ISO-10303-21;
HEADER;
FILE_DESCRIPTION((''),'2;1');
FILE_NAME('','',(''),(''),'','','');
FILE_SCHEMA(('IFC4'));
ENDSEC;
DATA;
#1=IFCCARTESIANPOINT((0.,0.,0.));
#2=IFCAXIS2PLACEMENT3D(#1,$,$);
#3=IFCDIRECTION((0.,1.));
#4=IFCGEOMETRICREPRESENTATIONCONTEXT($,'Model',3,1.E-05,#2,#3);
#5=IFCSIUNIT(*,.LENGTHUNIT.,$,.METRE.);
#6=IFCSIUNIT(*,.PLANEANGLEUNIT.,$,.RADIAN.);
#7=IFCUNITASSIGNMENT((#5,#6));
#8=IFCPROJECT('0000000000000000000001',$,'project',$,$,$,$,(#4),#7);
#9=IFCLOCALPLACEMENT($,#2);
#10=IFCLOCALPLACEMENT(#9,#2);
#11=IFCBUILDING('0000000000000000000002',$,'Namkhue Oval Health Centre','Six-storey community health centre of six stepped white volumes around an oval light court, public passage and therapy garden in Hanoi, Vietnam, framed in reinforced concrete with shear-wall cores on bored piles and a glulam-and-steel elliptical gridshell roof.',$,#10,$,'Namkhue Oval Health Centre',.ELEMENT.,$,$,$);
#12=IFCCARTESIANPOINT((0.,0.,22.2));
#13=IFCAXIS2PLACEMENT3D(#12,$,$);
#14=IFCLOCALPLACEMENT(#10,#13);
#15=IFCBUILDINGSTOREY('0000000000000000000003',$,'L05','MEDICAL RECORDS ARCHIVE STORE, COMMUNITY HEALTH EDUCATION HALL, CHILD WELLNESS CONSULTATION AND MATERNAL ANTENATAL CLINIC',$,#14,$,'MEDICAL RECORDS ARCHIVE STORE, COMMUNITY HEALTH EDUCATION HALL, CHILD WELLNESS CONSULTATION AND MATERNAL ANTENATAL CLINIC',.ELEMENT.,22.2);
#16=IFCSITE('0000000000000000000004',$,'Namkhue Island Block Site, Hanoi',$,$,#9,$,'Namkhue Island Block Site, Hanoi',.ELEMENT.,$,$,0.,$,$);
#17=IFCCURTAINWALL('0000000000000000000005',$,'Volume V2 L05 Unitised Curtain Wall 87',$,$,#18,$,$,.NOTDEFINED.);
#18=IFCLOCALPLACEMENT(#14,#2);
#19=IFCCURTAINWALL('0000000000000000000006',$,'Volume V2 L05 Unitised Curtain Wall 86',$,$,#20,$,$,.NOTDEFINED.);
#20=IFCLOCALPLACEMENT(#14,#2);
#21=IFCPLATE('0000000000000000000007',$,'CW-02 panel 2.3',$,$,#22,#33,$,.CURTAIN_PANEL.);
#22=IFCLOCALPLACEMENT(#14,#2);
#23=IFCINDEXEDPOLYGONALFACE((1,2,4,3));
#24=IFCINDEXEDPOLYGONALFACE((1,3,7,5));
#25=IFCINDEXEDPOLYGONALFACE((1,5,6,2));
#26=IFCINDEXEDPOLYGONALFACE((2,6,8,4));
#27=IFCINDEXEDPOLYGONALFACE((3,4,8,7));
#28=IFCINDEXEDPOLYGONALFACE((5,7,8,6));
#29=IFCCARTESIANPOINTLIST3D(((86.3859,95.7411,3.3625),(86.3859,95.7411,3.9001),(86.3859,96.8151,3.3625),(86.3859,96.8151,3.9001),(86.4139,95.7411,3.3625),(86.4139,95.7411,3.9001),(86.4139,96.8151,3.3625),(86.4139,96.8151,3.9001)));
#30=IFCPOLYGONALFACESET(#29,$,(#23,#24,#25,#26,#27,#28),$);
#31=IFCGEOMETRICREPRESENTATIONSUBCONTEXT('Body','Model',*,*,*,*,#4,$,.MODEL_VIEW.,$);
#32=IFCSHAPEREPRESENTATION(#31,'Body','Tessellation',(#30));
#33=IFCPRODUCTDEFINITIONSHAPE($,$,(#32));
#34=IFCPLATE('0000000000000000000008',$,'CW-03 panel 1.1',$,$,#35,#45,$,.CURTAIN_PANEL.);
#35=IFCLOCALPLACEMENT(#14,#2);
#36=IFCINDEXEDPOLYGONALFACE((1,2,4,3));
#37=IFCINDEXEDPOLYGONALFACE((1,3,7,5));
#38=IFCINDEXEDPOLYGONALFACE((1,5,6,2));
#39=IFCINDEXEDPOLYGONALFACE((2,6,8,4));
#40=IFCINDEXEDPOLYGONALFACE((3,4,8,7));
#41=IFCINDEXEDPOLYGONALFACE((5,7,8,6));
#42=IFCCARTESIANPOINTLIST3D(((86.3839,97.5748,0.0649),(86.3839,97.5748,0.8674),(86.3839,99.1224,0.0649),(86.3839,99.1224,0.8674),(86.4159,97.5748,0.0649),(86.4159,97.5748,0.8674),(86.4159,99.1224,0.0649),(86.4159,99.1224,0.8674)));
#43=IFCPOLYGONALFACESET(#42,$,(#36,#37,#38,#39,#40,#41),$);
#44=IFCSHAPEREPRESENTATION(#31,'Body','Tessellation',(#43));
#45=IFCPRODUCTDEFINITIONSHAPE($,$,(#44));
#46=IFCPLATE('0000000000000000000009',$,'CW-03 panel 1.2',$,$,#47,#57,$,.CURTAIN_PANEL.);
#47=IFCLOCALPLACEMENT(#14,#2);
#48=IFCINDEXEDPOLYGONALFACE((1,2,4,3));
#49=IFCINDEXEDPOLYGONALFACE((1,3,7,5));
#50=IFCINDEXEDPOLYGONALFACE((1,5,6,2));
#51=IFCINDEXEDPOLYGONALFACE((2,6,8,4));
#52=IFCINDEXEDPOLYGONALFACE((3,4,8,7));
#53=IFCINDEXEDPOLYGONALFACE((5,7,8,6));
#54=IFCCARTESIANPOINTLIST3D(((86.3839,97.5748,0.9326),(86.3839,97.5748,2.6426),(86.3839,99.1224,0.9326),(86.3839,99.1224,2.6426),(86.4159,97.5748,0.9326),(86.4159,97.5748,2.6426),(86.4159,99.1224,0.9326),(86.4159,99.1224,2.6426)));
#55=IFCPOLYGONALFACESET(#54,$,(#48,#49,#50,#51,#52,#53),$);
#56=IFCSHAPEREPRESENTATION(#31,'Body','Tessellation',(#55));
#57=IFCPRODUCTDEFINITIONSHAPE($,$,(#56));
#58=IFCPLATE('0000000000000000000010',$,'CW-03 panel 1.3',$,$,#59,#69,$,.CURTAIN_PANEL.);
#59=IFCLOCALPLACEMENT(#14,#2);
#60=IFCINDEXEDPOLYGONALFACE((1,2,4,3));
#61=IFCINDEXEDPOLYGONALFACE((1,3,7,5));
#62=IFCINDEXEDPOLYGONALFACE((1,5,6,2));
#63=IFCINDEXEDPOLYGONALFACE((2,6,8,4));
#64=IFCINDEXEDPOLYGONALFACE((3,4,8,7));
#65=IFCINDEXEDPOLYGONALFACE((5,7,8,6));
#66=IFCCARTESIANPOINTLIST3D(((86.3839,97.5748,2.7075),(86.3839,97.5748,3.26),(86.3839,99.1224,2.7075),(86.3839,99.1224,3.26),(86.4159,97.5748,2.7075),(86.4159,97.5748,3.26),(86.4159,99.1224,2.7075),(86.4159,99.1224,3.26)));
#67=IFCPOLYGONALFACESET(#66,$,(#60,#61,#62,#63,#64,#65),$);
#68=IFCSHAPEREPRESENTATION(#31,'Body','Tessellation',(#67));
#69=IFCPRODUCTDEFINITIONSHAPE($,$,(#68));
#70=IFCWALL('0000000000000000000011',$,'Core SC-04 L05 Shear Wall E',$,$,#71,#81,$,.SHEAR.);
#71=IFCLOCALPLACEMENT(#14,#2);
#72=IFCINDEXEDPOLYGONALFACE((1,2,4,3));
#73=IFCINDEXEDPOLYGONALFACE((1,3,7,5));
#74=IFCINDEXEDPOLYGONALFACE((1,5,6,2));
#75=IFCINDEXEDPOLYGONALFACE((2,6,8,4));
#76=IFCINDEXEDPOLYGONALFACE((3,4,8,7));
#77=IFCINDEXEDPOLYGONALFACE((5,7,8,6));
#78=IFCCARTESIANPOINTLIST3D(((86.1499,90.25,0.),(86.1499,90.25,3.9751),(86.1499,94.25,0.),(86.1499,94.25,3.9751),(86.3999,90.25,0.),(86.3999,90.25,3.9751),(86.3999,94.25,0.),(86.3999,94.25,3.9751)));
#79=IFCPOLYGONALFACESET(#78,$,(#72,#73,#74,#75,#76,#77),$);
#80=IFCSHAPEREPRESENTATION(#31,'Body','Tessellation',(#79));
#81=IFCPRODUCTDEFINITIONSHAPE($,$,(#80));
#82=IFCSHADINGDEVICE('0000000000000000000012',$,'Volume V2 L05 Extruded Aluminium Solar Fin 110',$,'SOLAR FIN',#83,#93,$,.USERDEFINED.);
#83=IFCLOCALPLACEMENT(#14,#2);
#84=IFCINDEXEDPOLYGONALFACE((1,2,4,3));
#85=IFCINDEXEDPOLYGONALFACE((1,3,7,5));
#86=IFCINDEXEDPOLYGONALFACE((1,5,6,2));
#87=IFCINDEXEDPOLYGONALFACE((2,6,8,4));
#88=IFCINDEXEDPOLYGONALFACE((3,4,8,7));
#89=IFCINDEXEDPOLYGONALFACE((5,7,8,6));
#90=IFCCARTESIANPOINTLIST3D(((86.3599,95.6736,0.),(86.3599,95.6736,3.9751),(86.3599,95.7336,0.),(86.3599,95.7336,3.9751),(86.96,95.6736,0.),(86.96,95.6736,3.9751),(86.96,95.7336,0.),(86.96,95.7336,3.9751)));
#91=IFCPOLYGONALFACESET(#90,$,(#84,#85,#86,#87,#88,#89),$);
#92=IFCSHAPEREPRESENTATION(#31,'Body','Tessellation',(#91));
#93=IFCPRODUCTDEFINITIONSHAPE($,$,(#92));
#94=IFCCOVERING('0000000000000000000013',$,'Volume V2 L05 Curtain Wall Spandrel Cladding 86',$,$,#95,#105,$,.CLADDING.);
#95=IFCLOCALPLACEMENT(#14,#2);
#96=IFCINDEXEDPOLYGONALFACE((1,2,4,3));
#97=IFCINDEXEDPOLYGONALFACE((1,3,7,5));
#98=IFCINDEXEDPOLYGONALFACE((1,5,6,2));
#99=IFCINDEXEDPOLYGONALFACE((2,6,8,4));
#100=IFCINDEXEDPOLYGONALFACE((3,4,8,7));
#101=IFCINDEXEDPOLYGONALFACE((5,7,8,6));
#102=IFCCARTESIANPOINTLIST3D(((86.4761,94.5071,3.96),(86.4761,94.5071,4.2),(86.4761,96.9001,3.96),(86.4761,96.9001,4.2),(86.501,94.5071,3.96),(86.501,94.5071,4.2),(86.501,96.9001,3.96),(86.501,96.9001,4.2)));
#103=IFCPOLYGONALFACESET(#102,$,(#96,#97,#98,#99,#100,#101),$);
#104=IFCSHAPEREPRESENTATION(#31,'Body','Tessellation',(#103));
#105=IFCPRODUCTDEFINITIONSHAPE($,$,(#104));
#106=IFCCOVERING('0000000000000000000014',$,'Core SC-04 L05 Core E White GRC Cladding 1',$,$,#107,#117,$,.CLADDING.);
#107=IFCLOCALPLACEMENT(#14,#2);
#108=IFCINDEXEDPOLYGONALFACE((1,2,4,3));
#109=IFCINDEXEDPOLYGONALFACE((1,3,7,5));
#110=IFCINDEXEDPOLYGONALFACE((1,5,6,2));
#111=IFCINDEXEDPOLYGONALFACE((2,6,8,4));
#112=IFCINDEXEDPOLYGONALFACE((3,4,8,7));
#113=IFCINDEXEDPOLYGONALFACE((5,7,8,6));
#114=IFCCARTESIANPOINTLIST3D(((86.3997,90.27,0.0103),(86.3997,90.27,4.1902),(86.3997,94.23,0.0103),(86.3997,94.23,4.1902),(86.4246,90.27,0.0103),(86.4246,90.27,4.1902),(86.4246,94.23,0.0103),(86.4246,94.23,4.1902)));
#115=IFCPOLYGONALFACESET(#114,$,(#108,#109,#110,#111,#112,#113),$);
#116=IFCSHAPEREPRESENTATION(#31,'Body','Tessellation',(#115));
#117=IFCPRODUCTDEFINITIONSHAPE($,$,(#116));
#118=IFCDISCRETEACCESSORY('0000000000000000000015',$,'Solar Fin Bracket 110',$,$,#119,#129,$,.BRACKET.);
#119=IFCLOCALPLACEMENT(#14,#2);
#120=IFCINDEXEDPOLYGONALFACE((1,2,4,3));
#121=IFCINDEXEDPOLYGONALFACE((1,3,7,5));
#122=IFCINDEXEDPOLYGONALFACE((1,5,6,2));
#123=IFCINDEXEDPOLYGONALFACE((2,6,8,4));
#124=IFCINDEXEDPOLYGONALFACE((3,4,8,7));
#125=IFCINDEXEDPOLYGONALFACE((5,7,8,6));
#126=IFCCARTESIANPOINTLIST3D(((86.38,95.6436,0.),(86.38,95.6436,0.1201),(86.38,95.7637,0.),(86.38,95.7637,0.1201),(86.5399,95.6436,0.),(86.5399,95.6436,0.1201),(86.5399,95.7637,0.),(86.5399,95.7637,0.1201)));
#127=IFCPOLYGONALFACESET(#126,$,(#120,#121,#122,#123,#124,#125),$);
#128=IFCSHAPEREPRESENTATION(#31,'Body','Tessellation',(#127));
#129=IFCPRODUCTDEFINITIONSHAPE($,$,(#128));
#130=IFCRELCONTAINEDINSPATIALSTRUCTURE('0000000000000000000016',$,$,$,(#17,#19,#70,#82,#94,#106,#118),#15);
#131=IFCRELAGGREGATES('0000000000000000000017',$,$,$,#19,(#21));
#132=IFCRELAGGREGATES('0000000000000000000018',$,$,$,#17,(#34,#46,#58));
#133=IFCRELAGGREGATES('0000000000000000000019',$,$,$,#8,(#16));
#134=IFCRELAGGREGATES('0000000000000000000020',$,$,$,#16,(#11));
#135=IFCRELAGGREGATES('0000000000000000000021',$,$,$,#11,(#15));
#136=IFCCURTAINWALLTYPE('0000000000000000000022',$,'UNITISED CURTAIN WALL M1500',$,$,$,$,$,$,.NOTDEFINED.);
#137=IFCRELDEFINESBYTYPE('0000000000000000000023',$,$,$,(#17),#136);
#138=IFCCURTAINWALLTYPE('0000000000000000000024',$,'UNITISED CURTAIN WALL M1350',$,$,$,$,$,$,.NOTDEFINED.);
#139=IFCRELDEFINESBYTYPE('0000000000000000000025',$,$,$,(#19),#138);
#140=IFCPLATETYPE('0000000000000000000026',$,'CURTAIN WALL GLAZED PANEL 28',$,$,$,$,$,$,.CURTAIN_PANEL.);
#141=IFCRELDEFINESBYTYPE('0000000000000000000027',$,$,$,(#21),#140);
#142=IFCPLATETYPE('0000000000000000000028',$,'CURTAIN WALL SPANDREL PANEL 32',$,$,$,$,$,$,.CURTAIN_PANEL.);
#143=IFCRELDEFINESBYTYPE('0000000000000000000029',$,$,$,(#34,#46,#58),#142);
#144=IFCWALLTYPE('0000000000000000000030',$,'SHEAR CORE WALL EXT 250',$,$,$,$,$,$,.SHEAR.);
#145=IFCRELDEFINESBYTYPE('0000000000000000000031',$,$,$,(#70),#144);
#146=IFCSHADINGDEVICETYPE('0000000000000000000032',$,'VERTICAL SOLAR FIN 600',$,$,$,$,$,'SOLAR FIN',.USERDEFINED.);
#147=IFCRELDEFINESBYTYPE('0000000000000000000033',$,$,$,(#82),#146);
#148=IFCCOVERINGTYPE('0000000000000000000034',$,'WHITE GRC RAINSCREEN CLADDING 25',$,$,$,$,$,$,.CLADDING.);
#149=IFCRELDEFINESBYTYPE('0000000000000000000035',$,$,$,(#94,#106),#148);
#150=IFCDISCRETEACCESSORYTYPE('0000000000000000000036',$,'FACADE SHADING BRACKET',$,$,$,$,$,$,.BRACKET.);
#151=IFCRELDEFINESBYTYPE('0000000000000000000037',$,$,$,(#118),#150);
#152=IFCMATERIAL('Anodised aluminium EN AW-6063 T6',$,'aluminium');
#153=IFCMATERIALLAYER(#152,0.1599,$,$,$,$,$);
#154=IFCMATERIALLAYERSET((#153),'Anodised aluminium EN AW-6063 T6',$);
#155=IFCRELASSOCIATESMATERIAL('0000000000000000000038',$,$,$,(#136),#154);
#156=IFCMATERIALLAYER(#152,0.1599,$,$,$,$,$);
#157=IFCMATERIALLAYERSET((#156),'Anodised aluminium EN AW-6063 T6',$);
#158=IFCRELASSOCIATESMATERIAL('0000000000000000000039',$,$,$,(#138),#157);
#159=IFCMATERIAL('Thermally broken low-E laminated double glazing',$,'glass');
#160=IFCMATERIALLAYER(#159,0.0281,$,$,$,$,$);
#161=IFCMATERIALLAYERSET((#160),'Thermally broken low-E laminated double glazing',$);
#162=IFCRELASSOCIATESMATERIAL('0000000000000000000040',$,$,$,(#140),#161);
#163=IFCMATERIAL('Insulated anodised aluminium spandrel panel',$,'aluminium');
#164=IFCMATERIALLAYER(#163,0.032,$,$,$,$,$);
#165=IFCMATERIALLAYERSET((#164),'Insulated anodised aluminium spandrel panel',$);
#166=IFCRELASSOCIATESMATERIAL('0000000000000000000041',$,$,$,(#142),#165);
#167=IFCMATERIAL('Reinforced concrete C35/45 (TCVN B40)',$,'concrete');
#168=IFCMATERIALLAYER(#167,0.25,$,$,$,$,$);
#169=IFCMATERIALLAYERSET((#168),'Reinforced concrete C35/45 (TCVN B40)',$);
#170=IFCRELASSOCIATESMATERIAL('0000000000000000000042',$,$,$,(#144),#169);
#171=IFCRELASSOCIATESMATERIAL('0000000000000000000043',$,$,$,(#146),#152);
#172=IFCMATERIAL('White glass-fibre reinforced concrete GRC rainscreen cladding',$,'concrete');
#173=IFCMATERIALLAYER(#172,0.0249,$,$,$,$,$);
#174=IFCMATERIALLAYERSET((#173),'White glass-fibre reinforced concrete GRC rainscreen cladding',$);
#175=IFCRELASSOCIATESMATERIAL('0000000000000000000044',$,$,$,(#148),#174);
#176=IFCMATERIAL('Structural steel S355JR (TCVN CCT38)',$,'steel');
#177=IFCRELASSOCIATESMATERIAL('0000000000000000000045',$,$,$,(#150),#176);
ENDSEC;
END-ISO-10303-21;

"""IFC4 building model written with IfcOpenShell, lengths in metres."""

from ifc_helpers import new_model, si_unit, direction, frame, frame_2d, origin, origin_2d, place, context, subcontext, project, spatial, rectangle, extrude, material, layer, layer_set, type_object, element, aggregate, save


model = new_model("IFC4")

# Units and contexts
model_context = context("Model", 3, precision=1e-05, world=origin(), true_north=direction((0.0, 1.0)))
body_context = subcontext(model_context, "Body", "Model", "MODEL_VIEW")
ifc_project = project(units=[si_unit("LENGTHUNIT", "METRE"), si_unit("PLANEANGLEUNIT", "RADIAN")], contexts=[model_context])

# Site, building, storey
site_placement = place(None, origin())
site = spatial("IfcSite", under=ifc_project, at=site_placement, Name="Namkhue Island Block Site, Hanoi", LongName="Namkhue Island Block Site, Hanoi", CompositionType="ELEMENT", RefElevation=0.0)
building_placement = place(site_placement, origin())
building = spatial("IfcBuilding", under=site, at=building_placement, Name="Namkhue Oval Health Centre", Description="Six-storey community health centre of six stepped white volumes around an oval light court, public passage and therapy garden in Hanoi, Vietnam, framed in reinforced concrete with shear-wall cores on bored piles and a glulam-and-steel elliptical gridshell roof.", LongName="Namkhue Oval Health Centre", CompositionType="ELEMENT")
storey_placement = place(building_placement, frame((0.0, 0.0, 22.2)))
storey = spatial("IfcBuildingStorey", under=building, at=storey_placement, Name="L05", Description="MEDICAL RECORDS ARCHIVE STORE, COMMUNITY HEALTH EDUCATION HALL, CHILD WELLNESS CONSULTATION AND MATERNAL ANTENATAL CLINIC", LongName="MEDICAL RECORDS ARCHIVE STORE, COMMUNITY HEALTH EDUCATION HALL, CHILD WELLNESS CONSULTATION AND MATERNAL ANTENATAL CLINIC", CompositionType="ELEMENT", Elevation=22.2)

# Shared definitions
ifc_material_1 = material(Name="Reinforced concrete C35/45 (TCVN B40)", Category="concrete")

# Curtain walls
ifc_material_2 = material(Name="Anodised aluminium EN AW-6063 T6", Category="aluminium")
ifc_layer_1 = layer(ifc_material_2, 0.1599)
ifc_layer_set_1 = layer_set([ifc_layer_1], Name="Anodised aluminium EN AW-6063 T6")
curtain_wall_type_1 = type_object("IfcCurtainWallType", Name="UNITISED CURTAIN WALL M1500", PredefinedType="NOTDEFINED", material=ifc_layer_set_1)
curtain_wall_1_placement = place(storey_placement, origin())
curtain_wall_1 = element("IfcCurtainWall", 1, at=curtain_wall_1_placement, inside=storey, type_object=curtain_wall_type_1, Name="Volume V2 L05 Unitised Curtain Wall 87", PredefinedType="NOTDEFINED")
ifc_layer_2 = layer(ifc_material_2, 0.1599)
ifc_layer_set_2 = layer_set([ifc_layer_2], Name="Anodised aluminium EN AW-6063 T6")
curtain_wall_type_2 = type_object("IfcCurtainWallType", Name="UNITISED CURTAIN WALL M1350", PredefinedType="NOTDEFINED", material=ifc_layer_set_2)
curtain_wall_2_placement = place(storey_placement, origin())
curtain_wall_2 = element("IfcCurtainWall", 2, at=curtain_wall_2_placement, inside=storey, type_object=curtain_wall_type_2, Name="Volume V2 L05 Unitised Curtain Wall 86", PredefinedType="NOTDEFINED")

# Plates
ifc_material_3 = material(Name="Thermally broken low-E laminated double glazing", Category="glass")
ifc_layer_3 = layer(ifc_material_3, 0.0281)
ifc_layer_set_3 = layer_set([ifc_layer_3], Name="Thermally broken low-E laminated double glazing")
plate_type_1 = type_object("IfcPlateType", Name="CURTAIN WALL GLAZED PANEL 28", PredefinedType="CURTAIN_PANEL", material=ifc_layer_set_3)
plate_1_placement = place(storey_placement, frame((86.3999, 96.2781, 3.3625), z_axis=(0.0, 0.0, 1.0), x_axis=(0.0, 1.0, 0.0)))
plate_1 = element("IfcPlate", 3, at=plate_1_placement, type_object=plate_type_1, Name="CW-02 panel 2.3", PredefinedType="CURTAIN_PANEL", context=body_context, shape_type="SweptSolid", body=[
    extrude(rectangle(XDim=1.074, YDim=0.0281, at=origin_2d()), origin(), (0.0, 0.0, 1.0), 0.5376),
])
aggregate(curtain_wall_2, [plate_1])
ifc_material_4 = material(Name="Insulated anodised aluminium spandrel panel", Category="aluminium")
ifc_layer_4 = layer(ifc_material_4, 0.032)
ifc_layer_set_4 = layer_set([ifc_layer_4], Name="Insulated anodised aluminium spandrel panel")
plate_type_2 = type_object("IfcPlateType", Name="CURTAIN WALL SPANDREL PANEL 32", PredefinedType="CURTAIN_PANEL", material=ifc_layer_set_4)
plate_2_placement = place(storey_placement, frame((86.3999, 98.3486, 0.0649), z_axis=(0.0, 0.0, 1.0), x_axis=(0.0, 1.0, 0.0)))
plate_2 = element("IfcPlate", 4, at=plate_2_placement, type_object=plate_type_2, Name="CW-03 panel 1.1", PredefinedType="CURTAIN_PANEL", context=body_context, shape_type="SweptSolid", body=[
    extrude(rectangle(XDim=1.5476, YDim=0.032, at=origin_2d()), origin(), (0.0, 0.0, 1.0), 0.8025),
])
plate_3_placement = place(storey_placement, frame((86.3999, 98.3486, 0.9326), z_axis=(0.0, 0.0, 1.0), x_axis=(0.0, 1.0, 0.0)))
plate_3 = element("IfcPlate", 5, at=plate_3_placement, type_object=plate_type_2, Name="CW-03 panel 1.2", PredefinedType="CURTAIN_PANEL", context=body_context, shape_type="SweptSolid", body=[
    extrude(rectangle(XDim=1.5476, YDim=0.032, at=origin_2d()), origin(), (0.0, 0.0, 1.0), 1.71),
])
plate_4_placement = place(storey_placement, frame((86.3999, 98.3486, 2.7075), z_axis=(0.0, 0.0, 1.0), x_axis=(0.0, 1.0, 0.0)))
plate_4 = element("IfcPlate", 6, at=plate_4_placement, type_object=plate_type_2, Name="CW-03 panel 1.3", PredefinedType="CURTAIN_PANEL", context=body_context, shape_type="SweptSolid", body=[
    extrude(rectangle(XDim=1.5476, YDim=0.032, at=origin_2d()), origin(), (0.0, 0.0, 1.0), 0.5525),
])
aggregate(curtain_wall_1, [plate_2, plate_3, plate_4])

# Wall
ifc_layer_5 = layer(ifc_material_1, 0.25)
ifc_layer_set_5 = layer_set([ifc_layer_5], Name="Reinforced concrete C35/45 (TCVN B40)")
wall_type_1 = type_object("IfcWallType", Name="SHEAR CORE WALL EXT 250", PredefinedType="SHEAR", material=ifc_layer_set_5)
wall_1_placement = place(storey_placement, frame((86.2749, 90.25, 0.0), z_axis=(0.0, 0.0, 1.0), x_axis=(0.0, 1.0, 0.0)))
element("IfcWall", 7, at=wall_1_placement, inside=storey, type_object=wall_type_1, Name="Core SC-04 L05 Shear Wall E", PredefinedType="SHEAR", context=body_context, shape_type="SweptSolid", body=[
    extrude(rectangle(XDim=4.0, YDim=0.25, at=frame_2d((2.0, 0.0))), origin(), (0.0, 0.0, 1.0), 3.9751),
])

# Shading device
shading_device_type = type_object("IfcShadingDeviceType", Name="VERTICAL SOLAR FIN 600", ElementType="SOLAR FIN", PredefinedType="USERDEFINED", material=ifc_material_2)
shading_device_placement = place(storey_placement, frame((86.6599, 95.7036, 0.0), z_axis=(0.0, 0.0, 1.0), x_axis=(1.0, 0.0, 0.0)))
element("IfcShadingDevice", 8, at=shading_device_placement, inside=storey, type_object=shading_device_type, Name="Volume V2 L05 Extruded Aluminium Solar Fin 110", ObjectType="SOLAR FIN", PredefinedType="USERDEFINED", context=body_context, shape_type="SweptSolid", body=[
    extrude(rectangle(XDim=0.6001, YDim=0.0601, at=origin_2d()), origin(), (0.0, 0.0, 1.0), 3.9751),
])

# Coverings
ifc_material_5 = material(Name="White glass-fibre reinforced concrete GRC rainscreen cladding", Category="concrete")
ifc_layer_6 = layer(ifc_material_5, 0.0249)
ifc_layer_set_6 = layer_set([ifc_layer_6], Name="White glass-fibre reinforced concrete GRC rainscreen cladding")
covering_type = type_object("IfcCoveringType", Name="WHITE GRC RAINSCREEN CLADDING 25", PredefinedType="CLADDING", material=ifc_layer_set_6)
covering_1_placement = place(storey_placement, frame((86.4885, 95.7036, 3.96), z_axis=(0.0, 0.0, 1.0), x_axis=(0.0, 1.0, 0.0)))
element("IfcCovering", 9, at=covering_1_placement, inside=storey, type_object=covering_type, Name="Volume V2 L05 Curtain Wall Spandrel Cladding 86", PredefinedType="CLADDING", context=body_context, shape_type="SweptSolid", body=[
    extrude(rectangle(XDim=2.3931, YDim=0.0249, at=origin_2d()), origin(), (0.0, 0.0, 1.0), 0.24),
])
covering_2_placement = place(storey_placement, frame((86.4121, 92.25, 0.0103), z_axis=(0.0, 0.0, 1.0), x_axis=(0.0, 1.0, 0.0)))
element("IfcCovering", 10, at=covering_2_placement, inside=storey, type_object=covering_type, Name="Core SC-04 L05 Core E White GRC Cladding 1", PredefinedType="CLADDING", context=body_context, shape_type="SweptSolid", body=[
    extrude(rectangle(XDim=3.96, YDim=0.0249, at=origin_2d()), origin(), (0.0, 0.0, 1.0), 4.1799),
])

# Discrete accessory
ifc_material_6 = material(Name="Structural steel S355JR (TCVN CCT38)", Category="steel")
discrete_accessory_type = type_object("IfcDiscreteAccessoryType", Name="FACADE SHADING BRACKET", PredefinedType="BRACKET", material=ifc_material_6)
discrete_accessory_placement = place(storey_placement, frame((86.46, 95.7036, 0.0), z_axis=(0.0, 0.0, 1.0), x_axis=(1.0, 0.0, 0.0)))
element("IfcDiscreteAccessory", 11, at=discrete_accessory_placement, inside=storey, type_object=discrete_accessory_type, Name="Solar Fin Bracket 110", PredefinedType="BRACKET", context=body_context, shape_type="SweptSolid", body=[
    extrude(rectangle(XDim=0.1599, YDim=0.1201, at=origin_2d()), origin(), (0.0, 0.0, 1.0), 0.1201),
])

save(model, "model.ifc")
